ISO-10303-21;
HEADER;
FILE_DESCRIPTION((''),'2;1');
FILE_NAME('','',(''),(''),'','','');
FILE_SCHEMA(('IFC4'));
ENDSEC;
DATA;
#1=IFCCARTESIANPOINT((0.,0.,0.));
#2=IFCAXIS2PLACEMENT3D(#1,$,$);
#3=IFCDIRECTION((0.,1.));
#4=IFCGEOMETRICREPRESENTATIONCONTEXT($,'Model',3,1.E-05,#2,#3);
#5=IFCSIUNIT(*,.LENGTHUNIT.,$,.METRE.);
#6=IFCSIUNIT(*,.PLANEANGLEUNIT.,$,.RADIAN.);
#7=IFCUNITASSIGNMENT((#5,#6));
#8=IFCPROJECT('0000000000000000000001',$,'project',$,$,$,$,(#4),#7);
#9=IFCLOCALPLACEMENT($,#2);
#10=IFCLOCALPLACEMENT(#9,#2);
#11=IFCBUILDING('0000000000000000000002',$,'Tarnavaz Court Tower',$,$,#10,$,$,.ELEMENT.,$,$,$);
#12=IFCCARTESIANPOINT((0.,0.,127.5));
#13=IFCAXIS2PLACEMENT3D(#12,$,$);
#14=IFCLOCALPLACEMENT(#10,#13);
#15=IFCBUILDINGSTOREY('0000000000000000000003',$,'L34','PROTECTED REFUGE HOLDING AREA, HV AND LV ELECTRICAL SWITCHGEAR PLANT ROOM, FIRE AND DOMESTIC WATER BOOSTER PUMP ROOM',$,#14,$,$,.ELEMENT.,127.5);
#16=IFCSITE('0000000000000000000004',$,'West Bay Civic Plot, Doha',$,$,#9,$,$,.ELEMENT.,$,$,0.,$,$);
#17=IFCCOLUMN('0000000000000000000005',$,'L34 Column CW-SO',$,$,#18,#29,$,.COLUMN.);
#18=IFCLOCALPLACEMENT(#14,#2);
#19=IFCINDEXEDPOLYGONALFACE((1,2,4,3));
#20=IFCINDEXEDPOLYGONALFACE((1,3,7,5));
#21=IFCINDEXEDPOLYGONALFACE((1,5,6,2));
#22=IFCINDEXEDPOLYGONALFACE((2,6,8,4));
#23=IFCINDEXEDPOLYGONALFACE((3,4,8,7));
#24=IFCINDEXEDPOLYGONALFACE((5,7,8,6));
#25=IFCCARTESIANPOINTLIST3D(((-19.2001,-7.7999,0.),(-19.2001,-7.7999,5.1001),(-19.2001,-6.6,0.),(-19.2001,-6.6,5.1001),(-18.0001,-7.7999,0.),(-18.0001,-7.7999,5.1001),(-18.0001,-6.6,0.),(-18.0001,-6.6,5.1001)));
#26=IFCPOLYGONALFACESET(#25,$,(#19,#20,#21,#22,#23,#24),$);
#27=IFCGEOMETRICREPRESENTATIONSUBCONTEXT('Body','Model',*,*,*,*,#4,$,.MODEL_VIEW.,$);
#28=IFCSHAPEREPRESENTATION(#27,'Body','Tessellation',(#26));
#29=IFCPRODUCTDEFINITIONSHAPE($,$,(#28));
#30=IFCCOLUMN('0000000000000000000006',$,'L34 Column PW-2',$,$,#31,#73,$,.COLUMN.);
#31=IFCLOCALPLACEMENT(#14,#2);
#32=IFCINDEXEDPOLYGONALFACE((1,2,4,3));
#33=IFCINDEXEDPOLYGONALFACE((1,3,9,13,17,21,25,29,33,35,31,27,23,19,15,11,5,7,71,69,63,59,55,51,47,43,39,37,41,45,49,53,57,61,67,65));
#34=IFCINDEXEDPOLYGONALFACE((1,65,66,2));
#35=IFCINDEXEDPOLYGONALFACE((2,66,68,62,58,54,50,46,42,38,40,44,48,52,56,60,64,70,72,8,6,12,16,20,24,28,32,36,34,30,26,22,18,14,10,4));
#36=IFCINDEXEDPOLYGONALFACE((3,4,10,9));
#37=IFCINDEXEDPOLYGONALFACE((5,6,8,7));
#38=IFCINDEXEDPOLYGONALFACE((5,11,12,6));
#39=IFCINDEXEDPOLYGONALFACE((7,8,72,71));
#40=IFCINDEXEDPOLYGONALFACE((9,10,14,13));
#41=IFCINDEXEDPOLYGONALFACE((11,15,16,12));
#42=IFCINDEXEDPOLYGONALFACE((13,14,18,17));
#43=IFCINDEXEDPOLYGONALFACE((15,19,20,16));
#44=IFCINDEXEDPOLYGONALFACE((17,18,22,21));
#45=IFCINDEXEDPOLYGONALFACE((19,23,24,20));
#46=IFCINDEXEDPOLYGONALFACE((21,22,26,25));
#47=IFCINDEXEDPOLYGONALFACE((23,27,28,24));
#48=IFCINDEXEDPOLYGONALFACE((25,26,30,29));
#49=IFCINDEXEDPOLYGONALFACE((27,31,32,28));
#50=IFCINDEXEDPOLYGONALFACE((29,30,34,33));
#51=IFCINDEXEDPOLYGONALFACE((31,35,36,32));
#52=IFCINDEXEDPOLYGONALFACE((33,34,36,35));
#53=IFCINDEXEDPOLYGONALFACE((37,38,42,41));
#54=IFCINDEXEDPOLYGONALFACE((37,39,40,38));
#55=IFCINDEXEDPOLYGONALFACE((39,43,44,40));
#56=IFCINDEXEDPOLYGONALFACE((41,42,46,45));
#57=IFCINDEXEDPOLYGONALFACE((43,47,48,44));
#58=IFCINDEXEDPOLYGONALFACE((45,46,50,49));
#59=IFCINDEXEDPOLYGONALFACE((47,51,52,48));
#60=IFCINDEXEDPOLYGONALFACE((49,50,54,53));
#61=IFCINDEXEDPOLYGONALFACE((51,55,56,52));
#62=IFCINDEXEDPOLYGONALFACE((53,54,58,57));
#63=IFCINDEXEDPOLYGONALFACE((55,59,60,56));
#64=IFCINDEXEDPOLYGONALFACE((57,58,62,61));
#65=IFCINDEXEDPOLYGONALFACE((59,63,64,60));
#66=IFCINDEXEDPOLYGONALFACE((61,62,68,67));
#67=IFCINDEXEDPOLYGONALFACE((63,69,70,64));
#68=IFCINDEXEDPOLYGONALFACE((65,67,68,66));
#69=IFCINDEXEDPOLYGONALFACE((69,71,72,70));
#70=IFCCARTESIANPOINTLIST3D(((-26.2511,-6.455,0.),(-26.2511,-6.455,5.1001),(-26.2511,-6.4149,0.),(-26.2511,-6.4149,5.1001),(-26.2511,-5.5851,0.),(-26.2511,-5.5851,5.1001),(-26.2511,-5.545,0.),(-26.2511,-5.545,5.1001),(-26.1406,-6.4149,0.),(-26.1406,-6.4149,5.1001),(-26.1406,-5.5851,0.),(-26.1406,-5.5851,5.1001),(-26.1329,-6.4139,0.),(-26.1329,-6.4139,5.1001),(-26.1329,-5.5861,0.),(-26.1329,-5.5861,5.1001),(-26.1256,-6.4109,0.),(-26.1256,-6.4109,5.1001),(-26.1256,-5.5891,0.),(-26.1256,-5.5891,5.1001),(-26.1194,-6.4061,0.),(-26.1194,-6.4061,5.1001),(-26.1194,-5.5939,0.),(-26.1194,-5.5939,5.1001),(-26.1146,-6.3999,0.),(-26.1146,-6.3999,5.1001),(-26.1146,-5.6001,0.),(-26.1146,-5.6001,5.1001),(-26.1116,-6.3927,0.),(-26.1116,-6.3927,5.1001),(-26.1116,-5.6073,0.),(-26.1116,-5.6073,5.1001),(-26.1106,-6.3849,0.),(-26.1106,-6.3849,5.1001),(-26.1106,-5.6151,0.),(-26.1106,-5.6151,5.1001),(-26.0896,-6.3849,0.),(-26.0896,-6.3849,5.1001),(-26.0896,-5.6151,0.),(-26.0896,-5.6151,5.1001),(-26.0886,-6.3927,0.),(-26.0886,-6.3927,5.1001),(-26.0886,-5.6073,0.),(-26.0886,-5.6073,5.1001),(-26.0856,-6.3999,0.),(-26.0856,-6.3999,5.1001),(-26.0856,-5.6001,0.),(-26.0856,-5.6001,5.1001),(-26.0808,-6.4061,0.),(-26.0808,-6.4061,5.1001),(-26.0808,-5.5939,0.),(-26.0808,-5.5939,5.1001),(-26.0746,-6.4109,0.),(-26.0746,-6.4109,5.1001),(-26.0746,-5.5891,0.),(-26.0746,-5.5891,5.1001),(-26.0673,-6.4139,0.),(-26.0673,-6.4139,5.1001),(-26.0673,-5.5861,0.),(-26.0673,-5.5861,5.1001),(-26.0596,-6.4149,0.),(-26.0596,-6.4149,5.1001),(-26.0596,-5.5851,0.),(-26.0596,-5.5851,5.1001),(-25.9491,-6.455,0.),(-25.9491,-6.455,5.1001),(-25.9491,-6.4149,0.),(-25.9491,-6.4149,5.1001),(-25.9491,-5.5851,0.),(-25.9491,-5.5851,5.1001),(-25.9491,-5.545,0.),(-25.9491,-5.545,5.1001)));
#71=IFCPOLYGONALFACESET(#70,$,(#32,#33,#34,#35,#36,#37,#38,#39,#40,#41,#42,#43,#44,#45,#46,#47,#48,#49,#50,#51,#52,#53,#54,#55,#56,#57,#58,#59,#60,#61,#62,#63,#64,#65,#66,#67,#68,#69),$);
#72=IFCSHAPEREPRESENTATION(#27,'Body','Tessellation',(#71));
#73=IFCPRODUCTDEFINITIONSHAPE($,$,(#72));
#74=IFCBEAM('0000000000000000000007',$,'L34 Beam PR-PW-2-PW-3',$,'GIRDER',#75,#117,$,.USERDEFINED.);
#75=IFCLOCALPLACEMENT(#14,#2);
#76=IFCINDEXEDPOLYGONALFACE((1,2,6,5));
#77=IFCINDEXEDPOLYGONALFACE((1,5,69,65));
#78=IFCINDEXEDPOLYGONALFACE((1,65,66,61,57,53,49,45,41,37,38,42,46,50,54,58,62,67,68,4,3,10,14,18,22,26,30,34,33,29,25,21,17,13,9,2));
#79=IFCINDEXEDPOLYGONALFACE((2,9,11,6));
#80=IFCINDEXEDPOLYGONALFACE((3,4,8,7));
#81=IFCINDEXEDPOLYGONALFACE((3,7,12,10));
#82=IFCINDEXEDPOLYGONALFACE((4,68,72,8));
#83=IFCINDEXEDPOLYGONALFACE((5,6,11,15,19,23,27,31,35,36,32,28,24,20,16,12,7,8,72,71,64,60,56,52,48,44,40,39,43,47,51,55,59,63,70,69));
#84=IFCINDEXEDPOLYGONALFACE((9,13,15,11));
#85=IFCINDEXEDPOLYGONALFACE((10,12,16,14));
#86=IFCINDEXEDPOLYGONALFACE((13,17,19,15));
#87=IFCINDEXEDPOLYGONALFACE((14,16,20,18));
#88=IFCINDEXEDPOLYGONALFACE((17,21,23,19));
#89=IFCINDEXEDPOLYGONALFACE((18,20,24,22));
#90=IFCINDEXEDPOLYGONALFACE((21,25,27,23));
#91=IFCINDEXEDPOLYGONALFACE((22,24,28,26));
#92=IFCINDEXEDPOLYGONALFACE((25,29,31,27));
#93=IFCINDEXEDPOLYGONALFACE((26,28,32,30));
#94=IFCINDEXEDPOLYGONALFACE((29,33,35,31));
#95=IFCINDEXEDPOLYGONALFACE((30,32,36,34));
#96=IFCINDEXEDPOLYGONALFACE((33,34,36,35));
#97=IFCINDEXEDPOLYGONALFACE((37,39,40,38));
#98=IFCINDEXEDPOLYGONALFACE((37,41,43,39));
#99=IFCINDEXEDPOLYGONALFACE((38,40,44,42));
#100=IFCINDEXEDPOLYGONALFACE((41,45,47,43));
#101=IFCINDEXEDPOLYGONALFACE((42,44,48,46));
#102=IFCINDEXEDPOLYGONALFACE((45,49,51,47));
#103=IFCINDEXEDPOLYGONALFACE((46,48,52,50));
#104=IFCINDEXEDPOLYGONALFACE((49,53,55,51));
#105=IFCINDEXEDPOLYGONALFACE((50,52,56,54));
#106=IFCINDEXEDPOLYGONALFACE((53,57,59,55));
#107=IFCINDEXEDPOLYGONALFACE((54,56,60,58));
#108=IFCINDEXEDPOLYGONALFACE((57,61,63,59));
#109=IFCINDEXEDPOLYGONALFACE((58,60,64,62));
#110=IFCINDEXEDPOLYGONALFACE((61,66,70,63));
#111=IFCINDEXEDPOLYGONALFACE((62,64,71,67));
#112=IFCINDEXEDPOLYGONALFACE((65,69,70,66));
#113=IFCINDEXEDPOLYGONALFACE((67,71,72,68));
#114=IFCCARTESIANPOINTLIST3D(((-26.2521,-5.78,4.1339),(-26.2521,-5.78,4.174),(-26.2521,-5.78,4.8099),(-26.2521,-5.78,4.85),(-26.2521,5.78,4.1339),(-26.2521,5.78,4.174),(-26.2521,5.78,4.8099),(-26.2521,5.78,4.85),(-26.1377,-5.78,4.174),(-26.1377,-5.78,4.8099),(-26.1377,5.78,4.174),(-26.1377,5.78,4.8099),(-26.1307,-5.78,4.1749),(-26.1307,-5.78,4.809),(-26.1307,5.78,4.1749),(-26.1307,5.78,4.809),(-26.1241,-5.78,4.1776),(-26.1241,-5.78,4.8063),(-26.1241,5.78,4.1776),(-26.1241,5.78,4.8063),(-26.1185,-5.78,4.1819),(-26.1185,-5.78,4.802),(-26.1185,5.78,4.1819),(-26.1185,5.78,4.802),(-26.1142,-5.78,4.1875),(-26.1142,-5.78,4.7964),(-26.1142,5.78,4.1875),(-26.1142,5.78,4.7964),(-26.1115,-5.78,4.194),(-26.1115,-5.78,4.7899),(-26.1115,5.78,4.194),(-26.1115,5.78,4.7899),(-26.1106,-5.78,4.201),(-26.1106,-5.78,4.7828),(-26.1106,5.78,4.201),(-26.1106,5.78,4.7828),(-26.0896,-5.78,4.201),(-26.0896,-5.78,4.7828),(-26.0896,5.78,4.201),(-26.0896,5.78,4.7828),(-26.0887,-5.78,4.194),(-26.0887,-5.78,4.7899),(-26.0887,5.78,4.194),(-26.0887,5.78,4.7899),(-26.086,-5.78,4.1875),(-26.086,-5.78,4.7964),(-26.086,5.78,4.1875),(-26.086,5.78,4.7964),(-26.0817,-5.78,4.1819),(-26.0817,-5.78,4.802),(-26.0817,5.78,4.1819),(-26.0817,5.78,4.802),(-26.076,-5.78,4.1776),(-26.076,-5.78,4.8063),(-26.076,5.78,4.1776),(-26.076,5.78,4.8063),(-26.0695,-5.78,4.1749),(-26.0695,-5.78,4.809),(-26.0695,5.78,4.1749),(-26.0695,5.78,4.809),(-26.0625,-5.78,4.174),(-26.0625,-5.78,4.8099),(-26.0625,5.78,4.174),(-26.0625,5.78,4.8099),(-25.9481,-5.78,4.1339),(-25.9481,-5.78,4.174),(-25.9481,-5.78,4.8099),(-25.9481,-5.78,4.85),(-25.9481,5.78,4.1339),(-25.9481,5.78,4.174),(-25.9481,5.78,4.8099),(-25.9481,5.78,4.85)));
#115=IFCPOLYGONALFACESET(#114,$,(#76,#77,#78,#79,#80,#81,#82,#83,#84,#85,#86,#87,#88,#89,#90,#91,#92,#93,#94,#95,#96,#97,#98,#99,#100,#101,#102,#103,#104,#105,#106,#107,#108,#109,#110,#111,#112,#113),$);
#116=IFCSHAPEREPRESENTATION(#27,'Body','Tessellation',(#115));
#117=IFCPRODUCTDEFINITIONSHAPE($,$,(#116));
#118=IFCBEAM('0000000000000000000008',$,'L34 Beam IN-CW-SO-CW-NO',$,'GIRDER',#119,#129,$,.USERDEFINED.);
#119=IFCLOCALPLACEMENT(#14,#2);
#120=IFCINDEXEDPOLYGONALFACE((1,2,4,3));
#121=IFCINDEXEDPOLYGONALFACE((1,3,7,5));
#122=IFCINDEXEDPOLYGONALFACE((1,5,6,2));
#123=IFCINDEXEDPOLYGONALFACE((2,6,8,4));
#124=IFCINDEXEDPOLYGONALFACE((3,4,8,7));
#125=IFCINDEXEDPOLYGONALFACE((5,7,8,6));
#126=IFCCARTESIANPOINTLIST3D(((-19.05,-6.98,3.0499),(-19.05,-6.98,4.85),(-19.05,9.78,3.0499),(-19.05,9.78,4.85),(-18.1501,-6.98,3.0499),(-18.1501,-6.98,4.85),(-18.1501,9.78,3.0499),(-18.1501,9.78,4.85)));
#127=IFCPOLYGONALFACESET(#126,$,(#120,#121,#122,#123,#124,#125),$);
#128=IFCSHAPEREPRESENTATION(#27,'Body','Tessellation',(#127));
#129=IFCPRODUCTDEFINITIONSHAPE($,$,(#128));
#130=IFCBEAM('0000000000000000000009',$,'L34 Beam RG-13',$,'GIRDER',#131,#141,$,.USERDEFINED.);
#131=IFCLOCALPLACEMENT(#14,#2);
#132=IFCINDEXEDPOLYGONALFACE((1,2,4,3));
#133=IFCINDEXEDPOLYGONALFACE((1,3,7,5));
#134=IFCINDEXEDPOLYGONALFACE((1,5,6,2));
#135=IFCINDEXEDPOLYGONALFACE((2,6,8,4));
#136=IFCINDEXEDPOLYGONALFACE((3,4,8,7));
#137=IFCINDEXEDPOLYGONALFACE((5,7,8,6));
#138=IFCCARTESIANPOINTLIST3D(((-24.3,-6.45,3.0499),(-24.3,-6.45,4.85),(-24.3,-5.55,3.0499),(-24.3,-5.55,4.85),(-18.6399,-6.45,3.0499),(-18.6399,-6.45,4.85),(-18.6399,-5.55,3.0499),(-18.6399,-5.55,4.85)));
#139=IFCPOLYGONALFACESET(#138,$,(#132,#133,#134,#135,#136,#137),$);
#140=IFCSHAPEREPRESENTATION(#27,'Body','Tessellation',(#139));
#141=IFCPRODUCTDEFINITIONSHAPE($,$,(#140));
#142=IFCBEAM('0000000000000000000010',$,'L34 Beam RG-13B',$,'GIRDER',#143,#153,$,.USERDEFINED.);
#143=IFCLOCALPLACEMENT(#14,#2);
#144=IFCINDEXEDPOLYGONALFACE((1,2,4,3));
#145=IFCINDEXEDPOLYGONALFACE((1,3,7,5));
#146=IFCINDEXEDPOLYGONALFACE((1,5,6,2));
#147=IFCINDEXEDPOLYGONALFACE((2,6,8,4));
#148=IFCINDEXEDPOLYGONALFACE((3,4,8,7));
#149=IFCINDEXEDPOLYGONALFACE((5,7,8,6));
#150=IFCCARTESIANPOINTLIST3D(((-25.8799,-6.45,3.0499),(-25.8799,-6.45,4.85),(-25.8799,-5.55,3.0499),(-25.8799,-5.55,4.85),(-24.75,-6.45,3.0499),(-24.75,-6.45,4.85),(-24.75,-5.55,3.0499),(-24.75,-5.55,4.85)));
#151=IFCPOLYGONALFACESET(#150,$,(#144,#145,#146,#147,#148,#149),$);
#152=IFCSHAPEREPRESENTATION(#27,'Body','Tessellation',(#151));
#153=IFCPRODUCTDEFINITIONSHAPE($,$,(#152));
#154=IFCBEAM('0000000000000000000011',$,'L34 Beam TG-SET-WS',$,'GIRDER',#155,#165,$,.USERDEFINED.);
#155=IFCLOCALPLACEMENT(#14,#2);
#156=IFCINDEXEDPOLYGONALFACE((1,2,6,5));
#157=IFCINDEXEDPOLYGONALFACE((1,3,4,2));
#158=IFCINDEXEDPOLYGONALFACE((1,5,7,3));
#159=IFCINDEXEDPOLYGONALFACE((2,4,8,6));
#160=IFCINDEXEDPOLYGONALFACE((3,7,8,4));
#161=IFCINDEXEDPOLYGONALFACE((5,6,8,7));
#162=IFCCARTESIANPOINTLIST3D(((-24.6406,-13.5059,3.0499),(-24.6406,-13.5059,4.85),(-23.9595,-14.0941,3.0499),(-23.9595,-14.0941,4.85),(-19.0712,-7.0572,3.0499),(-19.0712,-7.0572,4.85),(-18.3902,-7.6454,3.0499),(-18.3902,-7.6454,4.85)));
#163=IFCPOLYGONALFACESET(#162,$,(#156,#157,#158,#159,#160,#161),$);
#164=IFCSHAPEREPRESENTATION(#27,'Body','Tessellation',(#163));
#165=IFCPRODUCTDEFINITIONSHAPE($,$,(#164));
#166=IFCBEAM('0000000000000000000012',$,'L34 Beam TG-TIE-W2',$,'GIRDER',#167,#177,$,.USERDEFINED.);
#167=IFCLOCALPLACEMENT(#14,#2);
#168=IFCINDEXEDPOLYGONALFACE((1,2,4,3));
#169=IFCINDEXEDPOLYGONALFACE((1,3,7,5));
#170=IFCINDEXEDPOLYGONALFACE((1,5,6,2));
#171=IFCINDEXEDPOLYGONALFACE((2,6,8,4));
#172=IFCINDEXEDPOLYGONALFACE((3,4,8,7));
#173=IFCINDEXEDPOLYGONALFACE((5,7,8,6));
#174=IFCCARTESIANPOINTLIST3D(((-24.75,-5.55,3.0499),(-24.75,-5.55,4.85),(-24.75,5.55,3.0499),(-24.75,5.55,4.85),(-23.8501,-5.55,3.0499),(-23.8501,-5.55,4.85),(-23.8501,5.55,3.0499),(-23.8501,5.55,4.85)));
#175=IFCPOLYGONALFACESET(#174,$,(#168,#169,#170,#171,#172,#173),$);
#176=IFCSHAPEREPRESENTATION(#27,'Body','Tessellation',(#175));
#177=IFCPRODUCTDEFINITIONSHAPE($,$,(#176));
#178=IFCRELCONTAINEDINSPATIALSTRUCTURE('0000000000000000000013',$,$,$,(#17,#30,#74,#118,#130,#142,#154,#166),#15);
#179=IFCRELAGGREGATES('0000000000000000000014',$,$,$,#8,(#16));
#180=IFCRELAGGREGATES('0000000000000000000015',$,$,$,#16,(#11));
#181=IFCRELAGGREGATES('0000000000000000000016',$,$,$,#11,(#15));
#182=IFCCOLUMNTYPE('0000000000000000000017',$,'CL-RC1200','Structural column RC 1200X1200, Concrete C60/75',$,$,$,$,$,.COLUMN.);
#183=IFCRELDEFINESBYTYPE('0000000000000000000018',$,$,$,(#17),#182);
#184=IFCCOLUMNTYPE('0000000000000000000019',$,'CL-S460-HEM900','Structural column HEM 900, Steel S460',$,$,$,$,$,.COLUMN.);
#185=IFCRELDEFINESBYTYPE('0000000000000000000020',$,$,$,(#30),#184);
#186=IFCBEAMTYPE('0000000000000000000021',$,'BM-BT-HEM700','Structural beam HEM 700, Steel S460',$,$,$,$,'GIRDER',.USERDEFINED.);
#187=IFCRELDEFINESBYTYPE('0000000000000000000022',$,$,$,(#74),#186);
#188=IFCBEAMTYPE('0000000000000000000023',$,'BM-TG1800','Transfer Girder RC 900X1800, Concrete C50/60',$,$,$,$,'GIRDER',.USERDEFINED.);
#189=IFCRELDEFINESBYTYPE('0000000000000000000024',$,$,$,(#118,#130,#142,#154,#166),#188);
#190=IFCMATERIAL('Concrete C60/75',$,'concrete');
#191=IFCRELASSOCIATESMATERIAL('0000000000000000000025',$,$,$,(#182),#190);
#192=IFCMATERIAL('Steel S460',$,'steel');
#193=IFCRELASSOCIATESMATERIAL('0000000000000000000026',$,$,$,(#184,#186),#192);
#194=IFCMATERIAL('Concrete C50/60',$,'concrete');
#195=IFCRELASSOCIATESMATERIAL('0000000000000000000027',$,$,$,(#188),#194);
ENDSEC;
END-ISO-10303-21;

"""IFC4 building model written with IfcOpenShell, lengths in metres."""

from ifc_helpers import new_model, si_unit, direction, frame, origin, origin_2d, place, context, subcontext, project, spatial, rectangle, i_section, extrude, material, material_profile, profile_set, type_object, element, save


model = new_model("IFC4")

# Units and contexts
model_context = context("Model", 3, precision=1e-05, world=origin(), true_north=direction((0.0, 1.0)))
body_context = subcontext(model_context, "Body", "Model", "MODEL_VIEW")
ifc_project = project(units=[si_unit("LENGTHUNIT", "METRE"), si_unit("PLANEANGLEUNIT", "RADIAN")], contexts=[model_context])

# Site, building, storey
site_placement = place(None, origin())
site = spatial("IfcSite", under=ifc_project, at=site_placement, Name="West Bay Civic Plot, Doha", CompositionType="ELEMENT", RefElevation=0.0)
building_placement = place(site_placement, origin())
building = spatial("IfcBuilding", under=site, at=building_placement, Name="Tarnavaz Court Tower", CompositionType="ELEMENT")
storey_placement = place(building_placement, frame((0.0, 0.0, 127.5)))
storey = spatial("IfcBuildingStorey", under=building, at=storey_placement, Name="L34", Description="PROTECTED REFUGE HOLDING AREA, HV AND LV ELECTRICAL SWITCHGEAR PLANT ROOM, FIRE AND DOMESTIC WATER BOOSTER PUMP ROOM", CompositionType="ELEMENT", Elevation=127.5)

# Columns
ifc_material_1 = material(Name="Concrete C60/75", Category="concrete")
ifc_material_profile_1 = material_profile(ifc_material_1, rectangle(XDim=1.2, YDim=1.2, at=origin_2d()), Name="RC 1200X1200")
ifc_profile_set_1 = profile_set([ifc_material_profile_1], Name="Concrete C60/75")
column_type_1 = type_object("IfcColumnType", Name="CL-RC1200", Description="Structural column RC 1200X1200, Concrete C60/75", PredefinedType="COLUMN", material=ifc_profile_set_1)
column_1_placement = place(storey_placement, frame((-18.6001, -7.2, 0.0), z_axis=(0.0, 0.0, 1.0), x_axis=(1.0, 0.0, 0.0)))
element("IfcColumn", 1, at=column_1_placement, inside=storey, type_object=column_type_1, Name="L34 Column CW-SO", PredefinedType="COLUMN", context=body_context, shape_type="SweptSolid", body=[
    extrude(rectangle(XDim=1.2, YDim=1.2, at=origin_2d()), origin(), (0.0, 0.0, 1.0), 5.1001),
])
ifc_material_2 = material(Name="Steel S460", Category="steel")
ifc_material_profile_2 = material_profile(ifc_material_2, i_section(OverallWidth=0.302, OverallDepth=0.9099, WebThickness=0.021, FlangeThickness=0.04, FilletRadius=0.03, at=origin_2d()), Name="HEM 900")
ifc_profile_set_2 = profile_set([ifc_material_profile_2], Name="Steel S460")
column_type_2 = type_object("IfcColumnType", Name="CL-S460-HEM900", Description="Structural column HEM 900, Steel S460", PredefinedType="COLUMN", material=ifc_profile_set_2)
column_2_placement = place(storey_placement, frame((-26.1001, -6.0, 0.0), z_axis=(0.0, 0.0, 1.0), x_axis=(1.0, 0.0, 0.0)))
element("IfcColumn", 2, at=column_2_placement, inside=storey, type_object=column_type_2, Name="L34 Column PW-2", PredefinedType="COLUMN", context=body_context, shape_type="SweptSolid", body=[
    extrude(i_section(OverallWidth=0.302, OverallDepth=0.9099, WebThickness=0.021, FlangeThickness=0.04, FilletRadius=0.03, at=origin_2d()), origin(), (0.0, 0.0, 1.0), 5.1001),
])

# Beams
ifc_material_profile_3 = material_profile(ifc_material_2, i_section(OverallWidth=0.304, OverallDepth=0.7161, WebThickness=0.021, FlangeThickness=0.04, FilletRadius=0.0271, at=origin_2d()), Name="HEM 700")
ifc_profile_set_3 = profile_set([ifc_material_profile_3], Name="Steel S460")
beam_type_1 = type_object("IfcBeamType", Name="BM-BT-HEM700", Description="Structural beam HEM 700, Steel S460", ElementType="GIRDER", PredefinedType="USERDEFINED", material=ifc_profile_set_3)
beam_1_placement = place(storey_placement, frame((-26.1001, -5.78, 4.4919), z_axis=(0.0, 1.0, 0.0), x_axis=(-1.0, 0.0, 0.0)))
element("IfcBeam", 3, at=beam_1_placement, inside=storey, type_object=beam_type_1, Name="L34 Beam PR-PW-2-PW-3", ObjectType="GIRDER", PredefinedType="USERDEFINED", context=body_context, shape_type="SweptSolid", body=[
    extrude(i_section(OverallWidth=0.304, OverallDepth=0.7161, WebThickness=0.021, FlangeThickness=0.04, FilletRadius=0.0271, at=origin_2d()), origin(), (0.0, 0.0, 1.0), 11.5601),
])
ifc_material_3 = material(Name="Concrete C50/60", Category="concrete")
ifc_material_profile_4 = material_profile(ifc_material_3, rectangle(XDim=0.8999, YDim=1.8, at=origin_2d()), Name="RC 900X1800")
ifc_profile_set_4 = profile_set([ifc_material_profile_4], Name="Concrete C50/60")
beam_type_2 = type_object("IfcBeamType", Name="BM-TG1800", Description="Transfer Girder RC 900X1800, Concrete C50/60", ElementType="GIRDER", PredefinedType="USERDEFINED", material=ifc_profile_set_4)
beam_2_placement = place(storey_placement, frame((-18.6001, -6.98, 3.95), z_axis=(0.0, 1.0, 0.0), x_axis=(-1.0, 0.0, 0.0)))
element("IfcBeam", 4, at=beam_2_placement, inside=storey, type_object=beam_type_2, Name="L34 Beam IN-CW-SO-CW-NO", ObjectType="GIRDER", PredefinedType="USERDEFINED", context=body_context, shape_type="SweptSolid", body=[
    extrude(rectangle(XDim=0.8999, YDim=1.8, at=origin_2d()), origin(), (0.0, 0.0, 1.0), 16.76),
])
beam_3_placement = place(storey_placement, frame((-18.6399, -6.0, 3.95), z_axis=(-1.0, 0.0, 0.0), x_axis=(0.0, -1.0, 0.0)))
element("IfcBeam", 5, at=beam_3_placement, inside=storey, type_object=beam_type_2, Name="L34 Beam RG-13", ObjectType="GIRDER", PredefinedType="USERDEFINED", context=body_context, shape_type="SweptSolid", body=[
    extrude(rectangle(XDim=0.8999, YDim=1.8, at=origin_2d()), origin(), (0.0, 0.0, 1.0), 5.6602),
])
beam_4_placement = place(storey_placement, frame((-24.75, -6.0, 3.95), z_axis=(-1.0, 0.0, 0.0), x_axis=(0.0, -1.0, 0.0)))
element("IfcBeam", 6, at=beam_4_placement, inside=storey, type_object=beam_type_2, Name="L34 Beam RG-13B", ObjectType="GIRDER", PredefinedType="USERDEFINED", context=body_context, shape_type="SweptSolid", body=[
    extrude(rectangle(XDim=0.8999, YDim=1.8, at=origin_2d()), origin(), (0.0, 0.0, 1.0), 1.1299),
])
beam_5_placement = place(storey_placement, frame((-18.7307, -7.3513, 3.95), z_axis=(-0.653618, -0.756824, 0.0), x_axis=(0.756824, -0.653618, 0.0)))
element("IfcBeam", 7, at=beam_5_placement, inside=storey, type_object=beam_type_2, Name="L34 Beam TG-SET-WS", ObjectType="GIRDER", PredefinedType="USERDEFINED", context=body_context, shape_type="SweptSolid", body=[
    extrude(rectangle(XDim=0.8999, YDim=1.8, at=origin_2d()), origin(), (0.0, 0.0, 1.0), 8.5208),
])
beam_6_placement = place(storey_placement, frame((-24.3, -5.55, 3.95), z_axis=(0.0, 1.0, 0.0), x_axis=(-1.0, 0.0, 0.0)))
element("IfcBeam", 8, at=beam_6_placement, inside=storey, type_object=beam_type_2, Name="L34 Beam TG-TIE-W2", ObjectType="GIRDER", PredefinedType="USERDEFINED", context=body_context, shape_type="SweptSolid", body=[
    extrude(rectangle(XDim=0.8999, YDim=1.8, at=origin_2d()), origin(), (0.0, 0.0, 1.0), 11.1001),
])

save(model, "model.ifc")
